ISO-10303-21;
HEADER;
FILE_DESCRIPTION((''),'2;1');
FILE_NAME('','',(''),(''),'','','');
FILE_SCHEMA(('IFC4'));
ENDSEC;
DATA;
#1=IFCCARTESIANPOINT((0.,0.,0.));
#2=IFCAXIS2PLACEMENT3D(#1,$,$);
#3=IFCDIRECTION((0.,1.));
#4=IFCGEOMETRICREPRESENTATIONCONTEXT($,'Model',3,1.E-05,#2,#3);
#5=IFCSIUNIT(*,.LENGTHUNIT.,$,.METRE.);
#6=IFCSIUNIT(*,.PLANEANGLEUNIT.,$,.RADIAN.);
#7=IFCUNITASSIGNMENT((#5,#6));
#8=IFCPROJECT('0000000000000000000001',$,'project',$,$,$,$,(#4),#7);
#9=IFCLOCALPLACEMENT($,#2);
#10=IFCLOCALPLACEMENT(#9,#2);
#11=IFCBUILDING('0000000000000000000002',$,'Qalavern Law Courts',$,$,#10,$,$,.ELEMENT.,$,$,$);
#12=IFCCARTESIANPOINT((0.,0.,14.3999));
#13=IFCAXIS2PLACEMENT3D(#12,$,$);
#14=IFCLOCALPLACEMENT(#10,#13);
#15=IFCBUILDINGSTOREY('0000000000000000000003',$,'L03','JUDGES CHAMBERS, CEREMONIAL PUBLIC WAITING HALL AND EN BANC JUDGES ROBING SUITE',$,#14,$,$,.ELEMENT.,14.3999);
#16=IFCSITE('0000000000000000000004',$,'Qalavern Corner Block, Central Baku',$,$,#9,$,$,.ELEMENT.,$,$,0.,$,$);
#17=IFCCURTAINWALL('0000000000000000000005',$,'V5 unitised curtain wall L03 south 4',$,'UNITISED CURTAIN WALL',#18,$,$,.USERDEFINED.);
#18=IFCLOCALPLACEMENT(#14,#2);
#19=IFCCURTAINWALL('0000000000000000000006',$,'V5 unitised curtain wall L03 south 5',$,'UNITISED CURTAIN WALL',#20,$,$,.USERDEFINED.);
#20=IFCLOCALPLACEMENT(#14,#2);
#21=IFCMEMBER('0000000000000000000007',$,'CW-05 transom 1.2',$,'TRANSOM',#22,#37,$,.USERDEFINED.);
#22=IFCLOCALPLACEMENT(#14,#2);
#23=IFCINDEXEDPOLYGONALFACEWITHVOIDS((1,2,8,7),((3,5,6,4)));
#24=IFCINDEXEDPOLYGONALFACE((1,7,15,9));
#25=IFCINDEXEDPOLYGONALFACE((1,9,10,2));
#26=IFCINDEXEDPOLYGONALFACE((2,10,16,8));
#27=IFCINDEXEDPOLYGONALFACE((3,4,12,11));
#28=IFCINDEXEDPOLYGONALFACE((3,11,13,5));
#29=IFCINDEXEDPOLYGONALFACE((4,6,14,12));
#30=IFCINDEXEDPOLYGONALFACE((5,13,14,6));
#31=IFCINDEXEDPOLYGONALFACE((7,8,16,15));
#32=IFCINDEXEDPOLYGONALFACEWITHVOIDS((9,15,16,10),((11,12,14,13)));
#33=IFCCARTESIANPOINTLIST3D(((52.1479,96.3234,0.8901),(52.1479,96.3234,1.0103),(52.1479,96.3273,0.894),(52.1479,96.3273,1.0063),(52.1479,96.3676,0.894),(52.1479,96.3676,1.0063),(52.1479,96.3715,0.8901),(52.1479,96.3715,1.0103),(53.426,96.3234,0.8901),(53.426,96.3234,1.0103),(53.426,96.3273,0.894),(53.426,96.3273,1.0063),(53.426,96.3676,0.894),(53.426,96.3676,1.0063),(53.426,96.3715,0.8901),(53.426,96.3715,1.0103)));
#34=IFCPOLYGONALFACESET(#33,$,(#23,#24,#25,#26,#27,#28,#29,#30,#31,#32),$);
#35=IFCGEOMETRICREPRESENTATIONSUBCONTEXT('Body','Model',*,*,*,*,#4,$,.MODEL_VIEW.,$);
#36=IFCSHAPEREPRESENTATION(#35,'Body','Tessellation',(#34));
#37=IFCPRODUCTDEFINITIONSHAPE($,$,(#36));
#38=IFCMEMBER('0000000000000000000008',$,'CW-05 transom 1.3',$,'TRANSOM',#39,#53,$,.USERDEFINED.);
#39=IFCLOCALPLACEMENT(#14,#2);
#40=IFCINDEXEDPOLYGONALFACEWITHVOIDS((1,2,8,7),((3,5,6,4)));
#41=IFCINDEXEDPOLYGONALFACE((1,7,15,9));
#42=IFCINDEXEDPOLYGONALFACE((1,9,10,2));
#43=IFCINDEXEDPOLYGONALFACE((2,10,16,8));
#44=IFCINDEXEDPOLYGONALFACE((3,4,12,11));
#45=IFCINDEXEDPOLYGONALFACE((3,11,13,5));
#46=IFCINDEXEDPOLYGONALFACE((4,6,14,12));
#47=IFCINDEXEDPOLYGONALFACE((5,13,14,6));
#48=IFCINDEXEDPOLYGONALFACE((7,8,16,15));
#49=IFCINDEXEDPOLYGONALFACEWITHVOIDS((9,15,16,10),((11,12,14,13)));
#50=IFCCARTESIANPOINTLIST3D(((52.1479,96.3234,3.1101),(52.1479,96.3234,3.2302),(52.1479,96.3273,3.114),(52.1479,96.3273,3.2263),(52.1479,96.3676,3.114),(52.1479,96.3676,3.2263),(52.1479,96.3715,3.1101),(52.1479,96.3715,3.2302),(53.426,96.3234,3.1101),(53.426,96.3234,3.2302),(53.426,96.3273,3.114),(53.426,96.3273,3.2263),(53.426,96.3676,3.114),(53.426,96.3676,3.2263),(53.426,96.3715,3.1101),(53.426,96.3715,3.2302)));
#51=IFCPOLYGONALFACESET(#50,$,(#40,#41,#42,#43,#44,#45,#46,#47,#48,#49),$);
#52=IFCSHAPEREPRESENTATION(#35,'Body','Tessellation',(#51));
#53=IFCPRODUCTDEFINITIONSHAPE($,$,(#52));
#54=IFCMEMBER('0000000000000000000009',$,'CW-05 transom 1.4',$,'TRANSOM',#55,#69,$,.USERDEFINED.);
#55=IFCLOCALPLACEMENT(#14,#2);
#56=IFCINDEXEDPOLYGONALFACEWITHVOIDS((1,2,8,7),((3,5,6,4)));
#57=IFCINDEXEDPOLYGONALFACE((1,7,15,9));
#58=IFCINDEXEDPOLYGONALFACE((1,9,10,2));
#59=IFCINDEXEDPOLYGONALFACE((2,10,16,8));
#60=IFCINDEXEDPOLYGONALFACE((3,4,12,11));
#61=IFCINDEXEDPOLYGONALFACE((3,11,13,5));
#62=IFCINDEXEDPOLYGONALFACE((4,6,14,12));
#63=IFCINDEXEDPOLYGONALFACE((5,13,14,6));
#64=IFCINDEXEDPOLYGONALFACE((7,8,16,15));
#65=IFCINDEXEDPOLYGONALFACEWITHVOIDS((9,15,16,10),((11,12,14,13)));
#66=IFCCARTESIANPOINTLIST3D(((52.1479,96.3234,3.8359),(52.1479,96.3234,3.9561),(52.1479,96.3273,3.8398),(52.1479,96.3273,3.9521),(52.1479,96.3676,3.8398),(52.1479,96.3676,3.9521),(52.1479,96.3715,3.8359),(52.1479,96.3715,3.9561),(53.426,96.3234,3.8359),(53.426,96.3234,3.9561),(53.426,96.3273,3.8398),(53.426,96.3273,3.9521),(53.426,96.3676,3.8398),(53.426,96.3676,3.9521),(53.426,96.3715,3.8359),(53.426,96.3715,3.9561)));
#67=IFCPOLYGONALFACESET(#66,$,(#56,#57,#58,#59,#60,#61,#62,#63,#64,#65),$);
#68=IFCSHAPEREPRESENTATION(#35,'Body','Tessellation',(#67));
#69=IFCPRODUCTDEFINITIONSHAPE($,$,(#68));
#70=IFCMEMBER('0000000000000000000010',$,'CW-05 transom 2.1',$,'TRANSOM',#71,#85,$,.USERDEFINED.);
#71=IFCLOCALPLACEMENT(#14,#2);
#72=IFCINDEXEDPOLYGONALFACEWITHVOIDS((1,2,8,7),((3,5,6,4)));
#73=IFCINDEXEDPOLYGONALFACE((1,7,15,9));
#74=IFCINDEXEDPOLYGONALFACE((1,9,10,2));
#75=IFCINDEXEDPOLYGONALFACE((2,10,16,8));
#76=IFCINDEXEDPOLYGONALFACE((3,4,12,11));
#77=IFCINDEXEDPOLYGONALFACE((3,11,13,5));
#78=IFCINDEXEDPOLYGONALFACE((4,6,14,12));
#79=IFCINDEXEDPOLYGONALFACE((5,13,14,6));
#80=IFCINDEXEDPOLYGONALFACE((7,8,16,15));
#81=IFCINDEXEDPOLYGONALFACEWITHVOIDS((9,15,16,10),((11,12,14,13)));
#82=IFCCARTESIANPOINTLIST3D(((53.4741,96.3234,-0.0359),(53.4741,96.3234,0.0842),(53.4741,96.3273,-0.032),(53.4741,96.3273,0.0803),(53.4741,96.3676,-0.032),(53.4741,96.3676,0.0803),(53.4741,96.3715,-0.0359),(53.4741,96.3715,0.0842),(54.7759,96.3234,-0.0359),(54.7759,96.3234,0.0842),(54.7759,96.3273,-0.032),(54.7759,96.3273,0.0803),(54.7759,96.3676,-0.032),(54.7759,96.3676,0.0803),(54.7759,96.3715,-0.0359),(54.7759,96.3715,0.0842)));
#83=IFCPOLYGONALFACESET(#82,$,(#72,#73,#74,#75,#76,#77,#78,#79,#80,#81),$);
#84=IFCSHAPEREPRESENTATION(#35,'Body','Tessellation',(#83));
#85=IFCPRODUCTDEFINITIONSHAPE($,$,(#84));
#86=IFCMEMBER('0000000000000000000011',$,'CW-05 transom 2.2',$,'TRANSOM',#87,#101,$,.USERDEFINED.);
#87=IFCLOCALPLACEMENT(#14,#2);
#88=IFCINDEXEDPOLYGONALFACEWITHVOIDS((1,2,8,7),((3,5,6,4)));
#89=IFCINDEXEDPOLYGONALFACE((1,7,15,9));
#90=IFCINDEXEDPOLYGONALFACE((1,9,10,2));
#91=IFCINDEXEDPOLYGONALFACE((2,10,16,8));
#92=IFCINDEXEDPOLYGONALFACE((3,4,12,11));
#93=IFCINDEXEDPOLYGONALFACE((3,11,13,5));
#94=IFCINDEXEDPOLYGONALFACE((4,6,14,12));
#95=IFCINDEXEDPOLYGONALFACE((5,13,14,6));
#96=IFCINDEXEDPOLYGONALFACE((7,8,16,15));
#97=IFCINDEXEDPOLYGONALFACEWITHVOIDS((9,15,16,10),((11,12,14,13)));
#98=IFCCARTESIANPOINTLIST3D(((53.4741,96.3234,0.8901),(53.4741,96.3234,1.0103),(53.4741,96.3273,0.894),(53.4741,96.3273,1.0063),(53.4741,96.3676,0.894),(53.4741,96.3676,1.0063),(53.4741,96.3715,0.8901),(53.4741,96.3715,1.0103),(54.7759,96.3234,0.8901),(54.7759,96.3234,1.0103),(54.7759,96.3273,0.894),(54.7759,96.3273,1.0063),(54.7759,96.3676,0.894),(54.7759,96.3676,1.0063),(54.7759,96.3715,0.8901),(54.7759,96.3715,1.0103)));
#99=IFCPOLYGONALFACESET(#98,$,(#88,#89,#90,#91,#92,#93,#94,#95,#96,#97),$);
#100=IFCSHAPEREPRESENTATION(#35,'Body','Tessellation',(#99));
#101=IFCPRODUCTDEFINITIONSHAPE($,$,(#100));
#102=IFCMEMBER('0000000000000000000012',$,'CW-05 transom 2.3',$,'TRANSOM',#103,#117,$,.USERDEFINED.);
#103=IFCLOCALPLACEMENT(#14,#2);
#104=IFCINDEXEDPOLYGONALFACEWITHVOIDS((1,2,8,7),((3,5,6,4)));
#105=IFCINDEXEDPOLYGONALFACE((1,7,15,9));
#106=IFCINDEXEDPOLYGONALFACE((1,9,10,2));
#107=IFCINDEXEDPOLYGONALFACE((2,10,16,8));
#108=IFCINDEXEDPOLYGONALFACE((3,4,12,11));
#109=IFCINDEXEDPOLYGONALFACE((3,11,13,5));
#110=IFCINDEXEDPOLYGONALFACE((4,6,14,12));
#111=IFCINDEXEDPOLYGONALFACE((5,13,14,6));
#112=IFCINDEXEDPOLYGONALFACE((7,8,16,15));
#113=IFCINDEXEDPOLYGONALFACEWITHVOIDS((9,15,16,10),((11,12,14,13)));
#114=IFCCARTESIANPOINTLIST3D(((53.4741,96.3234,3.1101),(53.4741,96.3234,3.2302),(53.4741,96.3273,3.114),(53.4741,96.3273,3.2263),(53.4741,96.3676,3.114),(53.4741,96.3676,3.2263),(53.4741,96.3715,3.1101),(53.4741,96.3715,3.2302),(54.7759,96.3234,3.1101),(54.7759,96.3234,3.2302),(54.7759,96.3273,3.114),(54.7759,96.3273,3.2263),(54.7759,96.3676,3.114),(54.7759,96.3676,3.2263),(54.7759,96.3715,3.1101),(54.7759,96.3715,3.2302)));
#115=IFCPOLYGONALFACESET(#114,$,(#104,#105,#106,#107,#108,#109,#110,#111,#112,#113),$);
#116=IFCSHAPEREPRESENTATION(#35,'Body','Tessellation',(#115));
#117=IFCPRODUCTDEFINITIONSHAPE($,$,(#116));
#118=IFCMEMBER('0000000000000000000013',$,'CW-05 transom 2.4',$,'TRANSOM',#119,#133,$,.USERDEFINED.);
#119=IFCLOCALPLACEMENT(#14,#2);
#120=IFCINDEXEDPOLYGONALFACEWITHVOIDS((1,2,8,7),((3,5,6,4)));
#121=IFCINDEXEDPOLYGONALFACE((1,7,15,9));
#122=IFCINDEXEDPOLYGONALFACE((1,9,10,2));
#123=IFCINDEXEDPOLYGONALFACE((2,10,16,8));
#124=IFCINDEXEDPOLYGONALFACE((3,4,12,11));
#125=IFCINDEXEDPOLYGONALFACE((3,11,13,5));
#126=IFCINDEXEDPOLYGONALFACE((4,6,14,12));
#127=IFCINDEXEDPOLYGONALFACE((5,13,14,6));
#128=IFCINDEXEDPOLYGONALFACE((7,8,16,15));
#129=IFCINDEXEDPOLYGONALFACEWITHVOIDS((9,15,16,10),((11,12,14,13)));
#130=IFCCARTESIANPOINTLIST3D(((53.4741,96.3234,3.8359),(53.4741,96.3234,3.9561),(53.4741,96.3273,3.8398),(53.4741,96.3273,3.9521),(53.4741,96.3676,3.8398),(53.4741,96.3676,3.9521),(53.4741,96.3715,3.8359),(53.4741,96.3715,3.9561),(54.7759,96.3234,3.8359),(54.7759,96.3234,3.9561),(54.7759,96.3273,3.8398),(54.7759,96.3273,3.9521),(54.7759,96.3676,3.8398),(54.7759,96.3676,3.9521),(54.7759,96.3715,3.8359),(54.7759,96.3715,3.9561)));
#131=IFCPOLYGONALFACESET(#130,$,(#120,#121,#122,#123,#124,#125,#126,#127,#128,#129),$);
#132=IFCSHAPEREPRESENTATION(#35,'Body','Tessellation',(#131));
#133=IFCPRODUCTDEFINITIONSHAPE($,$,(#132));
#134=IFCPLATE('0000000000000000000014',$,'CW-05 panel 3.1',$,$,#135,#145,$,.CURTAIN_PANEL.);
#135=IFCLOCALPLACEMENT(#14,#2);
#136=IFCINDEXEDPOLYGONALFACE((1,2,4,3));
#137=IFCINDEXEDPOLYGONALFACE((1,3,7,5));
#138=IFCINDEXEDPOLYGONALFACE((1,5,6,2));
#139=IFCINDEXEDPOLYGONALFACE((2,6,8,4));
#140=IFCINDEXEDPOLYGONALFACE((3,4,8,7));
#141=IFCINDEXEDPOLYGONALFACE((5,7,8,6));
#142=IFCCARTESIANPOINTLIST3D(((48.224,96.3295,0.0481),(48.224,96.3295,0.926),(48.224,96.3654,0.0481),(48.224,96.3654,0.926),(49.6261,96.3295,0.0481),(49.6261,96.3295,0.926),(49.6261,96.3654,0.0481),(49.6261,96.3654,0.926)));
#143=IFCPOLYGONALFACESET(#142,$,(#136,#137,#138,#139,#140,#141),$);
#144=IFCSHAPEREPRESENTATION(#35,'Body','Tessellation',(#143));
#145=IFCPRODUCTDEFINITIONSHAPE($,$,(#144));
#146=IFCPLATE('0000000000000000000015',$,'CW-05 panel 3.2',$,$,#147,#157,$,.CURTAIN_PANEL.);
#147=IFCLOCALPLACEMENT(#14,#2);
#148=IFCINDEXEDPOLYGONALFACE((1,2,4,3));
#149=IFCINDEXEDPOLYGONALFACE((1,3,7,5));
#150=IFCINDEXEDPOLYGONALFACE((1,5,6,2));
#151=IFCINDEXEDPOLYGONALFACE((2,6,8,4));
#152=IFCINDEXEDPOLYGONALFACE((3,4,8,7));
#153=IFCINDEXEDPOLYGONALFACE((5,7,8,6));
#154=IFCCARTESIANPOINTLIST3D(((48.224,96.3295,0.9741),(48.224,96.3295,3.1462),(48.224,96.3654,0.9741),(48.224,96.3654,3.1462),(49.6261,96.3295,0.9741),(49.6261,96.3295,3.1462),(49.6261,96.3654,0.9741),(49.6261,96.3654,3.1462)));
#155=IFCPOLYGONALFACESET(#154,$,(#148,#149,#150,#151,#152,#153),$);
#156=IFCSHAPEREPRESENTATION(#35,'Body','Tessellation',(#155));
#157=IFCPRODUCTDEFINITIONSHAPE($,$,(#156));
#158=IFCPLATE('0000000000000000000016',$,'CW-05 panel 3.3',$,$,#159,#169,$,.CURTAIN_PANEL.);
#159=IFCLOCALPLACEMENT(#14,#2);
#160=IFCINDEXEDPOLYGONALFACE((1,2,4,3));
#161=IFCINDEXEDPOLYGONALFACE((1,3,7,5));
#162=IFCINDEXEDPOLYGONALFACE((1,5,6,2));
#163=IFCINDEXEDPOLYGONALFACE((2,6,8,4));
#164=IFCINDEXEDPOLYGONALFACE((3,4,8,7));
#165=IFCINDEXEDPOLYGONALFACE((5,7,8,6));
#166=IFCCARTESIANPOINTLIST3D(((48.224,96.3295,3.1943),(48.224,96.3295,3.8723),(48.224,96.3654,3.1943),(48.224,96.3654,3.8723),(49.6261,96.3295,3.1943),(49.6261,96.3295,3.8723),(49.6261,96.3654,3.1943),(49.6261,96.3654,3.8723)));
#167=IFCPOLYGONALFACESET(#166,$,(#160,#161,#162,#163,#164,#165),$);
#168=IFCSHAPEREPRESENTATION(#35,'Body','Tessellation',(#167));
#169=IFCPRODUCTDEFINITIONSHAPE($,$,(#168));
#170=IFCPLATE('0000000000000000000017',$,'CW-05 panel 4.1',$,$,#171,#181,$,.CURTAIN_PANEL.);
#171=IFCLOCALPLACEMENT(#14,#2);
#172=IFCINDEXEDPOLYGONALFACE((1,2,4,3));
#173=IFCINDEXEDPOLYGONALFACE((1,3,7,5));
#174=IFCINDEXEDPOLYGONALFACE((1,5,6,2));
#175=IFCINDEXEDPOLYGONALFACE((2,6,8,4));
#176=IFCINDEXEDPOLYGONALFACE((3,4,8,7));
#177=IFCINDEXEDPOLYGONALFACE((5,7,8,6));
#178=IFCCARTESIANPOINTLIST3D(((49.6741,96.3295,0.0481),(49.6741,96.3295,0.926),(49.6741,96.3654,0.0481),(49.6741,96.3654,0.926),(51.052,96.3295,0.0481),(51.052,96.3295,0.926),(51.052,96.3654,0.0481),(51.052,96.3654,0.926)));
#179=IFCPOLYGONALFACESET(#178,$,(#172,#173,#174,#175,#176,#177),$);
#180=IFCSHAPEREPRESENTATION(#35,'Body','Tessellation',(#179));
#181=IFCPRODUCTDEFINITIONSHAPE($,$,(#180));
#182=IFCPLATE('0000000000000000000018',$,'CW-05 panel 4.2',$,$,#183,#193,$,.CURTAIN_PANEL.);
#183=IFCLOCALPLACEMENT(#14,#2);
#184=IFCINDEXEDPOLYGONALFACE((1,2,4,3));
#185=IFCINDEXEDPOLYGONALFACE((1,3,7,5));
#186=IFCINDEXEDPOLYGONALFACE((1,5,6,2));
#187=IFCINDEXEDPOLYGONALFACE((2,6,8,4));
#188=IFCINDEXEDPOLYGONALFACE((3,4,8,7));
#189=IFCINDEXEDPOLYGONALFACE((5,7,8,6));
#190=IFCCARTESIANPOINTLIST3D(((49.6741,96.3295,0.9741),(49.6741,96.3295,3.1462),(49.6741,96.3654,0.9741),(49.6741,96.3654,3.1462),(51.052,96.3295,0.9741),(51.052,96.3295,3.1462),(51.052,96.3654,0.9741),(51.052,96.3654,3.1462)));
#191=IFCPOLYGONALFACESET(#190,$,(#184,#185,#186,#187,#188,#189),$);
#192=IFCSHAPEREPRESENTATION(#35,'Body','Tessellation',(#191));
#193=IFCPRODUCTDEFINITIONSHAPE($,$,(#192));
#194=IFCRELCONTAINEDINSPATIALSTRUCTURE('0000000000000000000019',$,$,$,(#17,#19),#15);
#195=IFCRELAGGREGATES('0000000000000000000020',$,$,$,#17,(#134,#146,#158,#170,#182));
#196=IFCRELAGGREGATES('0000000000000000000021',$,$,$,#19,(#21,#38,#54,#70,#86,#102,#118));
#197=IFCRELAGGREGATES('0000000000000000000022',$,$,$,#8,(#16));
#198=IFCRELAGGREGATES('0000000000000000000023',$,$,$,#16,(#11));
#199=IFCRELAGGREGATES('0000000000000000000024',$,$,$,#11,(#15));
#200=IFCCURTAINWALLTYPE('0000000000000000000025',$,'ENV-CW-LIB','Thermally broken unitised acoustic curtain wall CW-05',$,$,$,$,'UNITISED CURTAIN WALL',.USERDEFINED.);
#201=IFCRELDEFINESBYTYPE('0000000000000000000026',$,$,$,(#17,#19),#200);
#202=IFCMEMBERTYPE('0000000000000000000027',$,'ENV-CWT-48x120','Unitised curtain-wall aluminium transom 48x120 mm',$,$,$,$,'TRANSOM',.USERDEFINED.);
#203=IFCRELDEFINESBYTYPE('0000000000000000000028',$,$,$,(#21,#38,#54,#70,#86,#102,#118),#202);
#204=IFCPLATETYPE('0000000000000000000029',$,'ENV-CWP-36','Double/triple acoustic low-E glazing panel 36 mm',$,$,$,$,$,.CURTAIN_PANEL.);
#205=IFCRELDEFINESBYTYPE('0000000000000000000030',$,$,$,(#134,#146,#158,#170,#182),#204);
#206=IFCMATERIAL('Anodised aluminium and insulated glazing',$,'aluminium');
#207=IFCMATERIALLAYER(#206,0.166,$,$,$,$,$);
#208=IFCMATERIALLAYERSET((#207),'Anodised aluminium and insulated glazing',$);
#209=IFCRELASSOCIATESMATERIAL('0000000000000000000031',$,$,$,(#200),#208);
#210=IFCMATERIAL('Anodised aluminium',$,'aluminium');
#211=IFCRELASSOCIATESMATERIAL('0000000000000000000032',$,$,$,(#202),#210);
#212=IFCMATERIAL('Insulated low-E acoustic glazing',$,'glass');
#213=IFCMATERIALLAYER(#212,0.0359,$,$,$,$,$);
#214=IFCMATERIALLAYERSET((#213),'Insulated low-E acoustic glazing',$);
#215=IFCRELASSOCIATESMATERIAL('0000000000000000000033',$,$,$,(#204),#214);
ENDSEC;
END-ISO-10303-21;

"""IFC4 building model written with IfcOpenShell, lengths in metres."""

from ifc_helpers import new_model, si_unit, direction, frame, origin, origin_2d, place, context, subcontext, project, spatial, rectangle, hollow_rectangle, extrude, material, layer, layer_set, material_profile, profile_set, type_object, element, aggregate, save


model = new_model("IFC4")

# Units and contexts
model_context = context("Model", 3, precision=1e-05, world=origin(), true_north=direction((0.0, 1.0)))
body_context = subcontext(model_context, "Body", "Model", "MODEL_VIEW")
ifc_project = project(units=[si_unit("LENGTHUNIT", "METRE"), si_unit("PLANEANGLEUNIT", "RADIAN")], contexts=[model_context])

# Site, building, storey
site_placement = place(None, origin())
site = spatial("IfcSite", under=ifc_project, at=site_placement, Name="Qalavern Corner Block, Central Baku", CompositionType="ELEMENT", RefElevation=0.0)
building_placement = place(site_placement, origin())
building = spatial("IfcBuilding", under=site, at=building_placement, Name="Qalavern Law Courts", CompositionType="ELEMENT")
storey_placement = place(building_placement, frame((0.0, 0.0, 14.3999)))
storey = spatial("IfcBuildingStorey", under=building, at=storey_placement, Name="L03", Description="JUDGES CHAMBERS, CEREMONIAL PUBLIC WAITING HALL AND EN BANC JUDGES ROBING SUITE", CompositionType="ELEMENT", Elevation=14.3999)

# Curtain walls
ifc_material_1 = material(Name="Anodised aluminium and insulated glazing", Category="aluminium")
ifc_layer_1 = layer(ifc_material_1, 0.166)
ifc_layer_set_1 = layer_set([ifc_layer_1], Name="Anodised aluminium and insulated glazing")
curtain_wall_type = type_object("IfcCurtainWallType", Name="ENV-CW-LIB", Description="Thermally broken unitised acoustic curtain wall CW-05", ElementType="UNITISED CURTAIN WALL", PredefinedType="USERDEFINED", material=ifc_layer_set_1)
curtain_wall_1_placement = place(storey_placement, origin())
curtain_wall_1 = element("IfcCurtainWall", 1, at=curtain_wall_1_placement, inside=storey, type_object=curtain_wall_type, Name="V5 unitised curtain wall L03 south 4", ObjectType="UNITISED CURTAIN WALL", PredefinedType="USERDEFINED")
ifc_material_2 = material(Name="Anodised aluminium", Category="aluminium")
curtain_wall_2_placement = place(storey_placement, origin())
curtain_wall_2 = element("IfcCurtainWall", 2, at=curtain_wall_2_placement, inside=storey, type_object=curtain_wall_type, Name="V5 unitised curtain wall L03 south 5", ObjectType="UNITISED CURTAIN WALL", PredefinedType="USERDEFINED")

# Members
ifc_material_profile_1 = material_profile(ifc_material_2, hollow_rectangle(XDim=0.0481, YDim=0.1201, WallThickness=0.0039, at=origin_2d()), Name="ALU TRANSOM 48x120")
ifc_profile_set_1 = profile_set([ifc_material_profile_1], Name="Anodised aluminium")
member_type_1 = type_object("IfcMemberType", Name="ENV-CWT-48x120", Description="Unitised curtain-wall aluminium transom 48x120 mm", ElementType="TRANSOM", PredefinedType="USERDEFINED", material=ifc_profile_set_1)
member_1_placement = place(storey_placement, frame((52.1479, 96.3474, 0.9502), z_axis=(1.0, 0.0, 0.0), x_axis=(0.0, 1.0, 0.0)))
member_1 = element("IfcMember", 3, at=member_1_placement, type_object=member_type_1, Name="CW-05 transom 1.2", ObjectType="TRANSOM", PredefinedType="USERDEFINED", context=body_context, shape_type="SweptSolid", body=[
    extrude(hollow_rectangle(XDim=0.0481, YDim=0.1201, WallThickness=0.0039, at=origin_2d()), origin(), (0.0, 0.0, 1.0), 1.2781),
])
member_2_placement = place(storey_placement, frame((52.1479, 96.3474, 3.1702), z_axis=(1.0, 0.0, 0.0), x_axis=(0.0, 1.0, 0.0)))
member_2 = element("IfcMember", 4, at=member_2_placement, type_object=member_type_1, Name="CW-05 transom 1.3", ObjectType="TRANSOM", PredefinedType="USERDEFINED", context=body_context, shape_type="SweptSolid", body=[
    extrude(hollow_rectangle(XDim=0.0481, YDim=0.1201, WallThickness=0.0039, at=origin_2d()), origin(), (0.0, 0.0, 1.0), 1.2781),
])
member_3_placement = place(storey_placement, frame((52.1479, 96.3474, 3.896), z_axis=(1.0, 0.0, 0.0), x_axis=(0.0, 1.0, 0.0)))
member_3 = element("IfcMember", 5, at=member_3_placement, type_object=member_type_1, Name="CW-05 transom 1.4", ObjectType="TRANSOM", PredefinedType="USERDEFINED", context=body_context, shape_type="SweptSolid", body=[
    extrude(hollow_rectangle(XDim=0.0481, YDim=0.1201, WallThickness=0.0039, at=origin_2d()), origin(), (0.0, 0.0, 1.0), 1.2781),
])
member_4_placement = place(storey_placement, frame((53.4741, 96.3474, 0.0242), z_axis=(1.0, 0.0, 0.0), x_axis=(0.0, 1.0, 0.0)))
member_4 = element("IfcMember", 6, at=member_4_placement, type_object=member_type_1, Name="CW-05 transom 2.1", ObjectType="TRANSOM", PredefinedType="USERDEFINED", context=body_context, shape_type="SweptSolid", body=[
    extrude(hollow_rectangle(XDim=0.0481, YDim=0.1201, WallThickness=0.0039, at=origin_2d()), origin(), (0.0, 0.0, 1.0), 1.3018),
])
member_5_placement = place(storey_placement, frame((53.4741, 96.3474, 0.9502), z_axis=(1.0, 0.0, 0.0), x_axis=(0.0, 1.0, 0.0)))
member_5 = element("IfcMember", 7, at=member_5_placement, type_object=member_type_1, Name="CW-05 transom 2.2", ObjectType="TRANSOM", PredefinedType="USERDEFINED", context=body_context, shape_type="SweptSolid", body=[
    extrude(hollow_rectangle(XDim=0.0481, YDim=0.1201, WallThickness=0.0039, at=origin_2d()), origin(), (0.0, 0.0, 1.0), 1.3018),
])
member_6_placement = place(storey_placement, frame((53.4741, 96.3474, 3.1702), z_axis=(1.0, 0.0, 0.0), x_axis=(0.0, 1.0, 0.0)))
member_6 = element("IfcMember", 8, at=member_6_placement, type_object=member_type_1, Name="CW-05 transom 2.3", ObjectType="TRANSOM", PredefinedType="USERDEFINED", context=body_context, shape_type="SweptSolid", body=[
    extrude(hollow_rectangle(XDim=0.0481, YDim=0.1201, WallThickness=0.0039, at=origin_2d()), origin(), (0.0, 0.0, 1.0), 1.3018),
])
member_7_placement = place(storey_placement, frame((53.4741, 96.3474, 3.896), z_axis=(1.0, 0.0, 0.0), x_axis=(0.0, 1.0, 0.0)))
member_7 = element("IfcMember", 9, at=member_7_placement, type_object=member_type_1, Name="CW-05 transom 2.4", ObjectType="TRANSOM", PredefinedType="USERDEFINED", context=body_context, shape_type="SweptSolid", body=[
    extrude(hollow_rectangle(XDim=0.0481, YDim=0.1201, WallThickness=0.0039, at=origin_2d()), origin(), (0.0, 0.0, 1.0), 1.3018),
])

# Plates
ifc_material_3 = material(Name="Insulated low-E acoustic glazing", Category="glass")
ifc_layer_2 = layer(ifc_material_3, 0.0359)
ifc_layer_set_2 = layer_set([ifc_layer_2], Name="Insulated low-E acoustic glazing")
plate_type_1 = type_object("IfcPlateType", Name="ENV-CWP-36", Description="Double/triple acoustic low-E glazing panel 36 mm", PredefinedType="CURTAIN_PANEL", material=ifc_layer_set_2)
plate_1_placement = place(storey_placement, frame((48.925, 96.3474, 0.0481), z_axis=(0.0, 0.0, 1.0), x_axis=(1.0, 0.0, 0.0)))
plate_1 = element("IfcPlate", 10, at=plate_1_placement, type_object=plate_type_1, Name="CW-05 panel 3.1", PredefinedType="CURTAIN_PANEL", context=body_context, shape_type="SweptSolid", body=[
    extrude(rectangle(XDim=1.4021, YDim=0.0359, at=origin_2d()), origin(), (0.0, 0.0, 1.0), 0.8779),
])
plate_2_placement = place(storey_placement, frame((48.925, 96.3474, 0.9741), z_axis=(0.0, 0.0, 1.0), x_axis=(1.0, 0.0, 0.0)))
plate_2 = element("IfcPlate", 11, at=plate_2_placement, type_object=plate_type_1, Name="CW-05 panel 3.2", PredefinedType="CURTAIN_PANEL", context=body_context, shape_type="SweptSolid", body=[
    extrude(rectangle(XDim=1.4021, YDim=0.0359, at=origin_2d()), origin(), (0.0, 0.0, 1.0), 2.1721),
])
plate_3_placement = place(storey_placement, frame((48.925, 96.3474, 3.1943), z_axis=(0.0, 0.0, 1.0), x_axis=(1.0, 0.0, 0.0)))
plate_3 = element("IfcPlate", 12, at=plate_3_placement, type_object=plate_type_1, Name="CW-05 panel 3.3", PredefinedType="CURTAIN_PANEL", context=body_context, shape_type="SweptSolid", body=[
    extrude(rectangle(XDim=1.4021, YDim=0.0359, at=origin_2d()), origin(), (0.0, 0.0, 1.0), 0.678),
])
plate_4_placement = place(storey_placement, frame((50.363, 96.3474, 0.0481), z_axis=(0.0, 0.0, 1.0), x_axis=(1.0, 0.0, 0.0)))
plate_4 = element("IfcPlate", 13, at=plate_4_placement, type_object=plate_type_1, Name="CW-05 panel 4.1", PredefinedType="CURTAIN_PANEL", context=body_context, shape_type="SweptSolid", body=[
    extrude(rectangle(XDim=1.3779, YDim=0.0359, at=origin_2d()), origin(), (0.0, 0.0, 1.0), 0.8779),
])
plate_5_placement = place(storey_placement, frame((50.363, 96.3474, 0.9741), z_axis=(0.0, 0.0, 1.0), x_axis=(1.0, 0.0, 0.0)))
plate_5 = element("IfcPlate", 14, at=plate_5_placement, type_object=plate_type_1, Name="CW-05 panel 4.2", PredefinedType="CURTAIN_PANEL", context=body_context, shape_type="SweptSolid", body=[
    extrude(rectangle(XDim=1.3779, YDim=0.0359, at=origin_2d()), origin(), (0.0, 0.0, 1.0), 2.1721),
])
aggregate(curtain_wall_1, [plate_1, plate_2, plate_3, plate_4, plate_5])
aggregate(curtain_wall_2, [member_1, member_2, member_3, member_4, member_5, member_6, member_7])

save(model, "model.ifc")
